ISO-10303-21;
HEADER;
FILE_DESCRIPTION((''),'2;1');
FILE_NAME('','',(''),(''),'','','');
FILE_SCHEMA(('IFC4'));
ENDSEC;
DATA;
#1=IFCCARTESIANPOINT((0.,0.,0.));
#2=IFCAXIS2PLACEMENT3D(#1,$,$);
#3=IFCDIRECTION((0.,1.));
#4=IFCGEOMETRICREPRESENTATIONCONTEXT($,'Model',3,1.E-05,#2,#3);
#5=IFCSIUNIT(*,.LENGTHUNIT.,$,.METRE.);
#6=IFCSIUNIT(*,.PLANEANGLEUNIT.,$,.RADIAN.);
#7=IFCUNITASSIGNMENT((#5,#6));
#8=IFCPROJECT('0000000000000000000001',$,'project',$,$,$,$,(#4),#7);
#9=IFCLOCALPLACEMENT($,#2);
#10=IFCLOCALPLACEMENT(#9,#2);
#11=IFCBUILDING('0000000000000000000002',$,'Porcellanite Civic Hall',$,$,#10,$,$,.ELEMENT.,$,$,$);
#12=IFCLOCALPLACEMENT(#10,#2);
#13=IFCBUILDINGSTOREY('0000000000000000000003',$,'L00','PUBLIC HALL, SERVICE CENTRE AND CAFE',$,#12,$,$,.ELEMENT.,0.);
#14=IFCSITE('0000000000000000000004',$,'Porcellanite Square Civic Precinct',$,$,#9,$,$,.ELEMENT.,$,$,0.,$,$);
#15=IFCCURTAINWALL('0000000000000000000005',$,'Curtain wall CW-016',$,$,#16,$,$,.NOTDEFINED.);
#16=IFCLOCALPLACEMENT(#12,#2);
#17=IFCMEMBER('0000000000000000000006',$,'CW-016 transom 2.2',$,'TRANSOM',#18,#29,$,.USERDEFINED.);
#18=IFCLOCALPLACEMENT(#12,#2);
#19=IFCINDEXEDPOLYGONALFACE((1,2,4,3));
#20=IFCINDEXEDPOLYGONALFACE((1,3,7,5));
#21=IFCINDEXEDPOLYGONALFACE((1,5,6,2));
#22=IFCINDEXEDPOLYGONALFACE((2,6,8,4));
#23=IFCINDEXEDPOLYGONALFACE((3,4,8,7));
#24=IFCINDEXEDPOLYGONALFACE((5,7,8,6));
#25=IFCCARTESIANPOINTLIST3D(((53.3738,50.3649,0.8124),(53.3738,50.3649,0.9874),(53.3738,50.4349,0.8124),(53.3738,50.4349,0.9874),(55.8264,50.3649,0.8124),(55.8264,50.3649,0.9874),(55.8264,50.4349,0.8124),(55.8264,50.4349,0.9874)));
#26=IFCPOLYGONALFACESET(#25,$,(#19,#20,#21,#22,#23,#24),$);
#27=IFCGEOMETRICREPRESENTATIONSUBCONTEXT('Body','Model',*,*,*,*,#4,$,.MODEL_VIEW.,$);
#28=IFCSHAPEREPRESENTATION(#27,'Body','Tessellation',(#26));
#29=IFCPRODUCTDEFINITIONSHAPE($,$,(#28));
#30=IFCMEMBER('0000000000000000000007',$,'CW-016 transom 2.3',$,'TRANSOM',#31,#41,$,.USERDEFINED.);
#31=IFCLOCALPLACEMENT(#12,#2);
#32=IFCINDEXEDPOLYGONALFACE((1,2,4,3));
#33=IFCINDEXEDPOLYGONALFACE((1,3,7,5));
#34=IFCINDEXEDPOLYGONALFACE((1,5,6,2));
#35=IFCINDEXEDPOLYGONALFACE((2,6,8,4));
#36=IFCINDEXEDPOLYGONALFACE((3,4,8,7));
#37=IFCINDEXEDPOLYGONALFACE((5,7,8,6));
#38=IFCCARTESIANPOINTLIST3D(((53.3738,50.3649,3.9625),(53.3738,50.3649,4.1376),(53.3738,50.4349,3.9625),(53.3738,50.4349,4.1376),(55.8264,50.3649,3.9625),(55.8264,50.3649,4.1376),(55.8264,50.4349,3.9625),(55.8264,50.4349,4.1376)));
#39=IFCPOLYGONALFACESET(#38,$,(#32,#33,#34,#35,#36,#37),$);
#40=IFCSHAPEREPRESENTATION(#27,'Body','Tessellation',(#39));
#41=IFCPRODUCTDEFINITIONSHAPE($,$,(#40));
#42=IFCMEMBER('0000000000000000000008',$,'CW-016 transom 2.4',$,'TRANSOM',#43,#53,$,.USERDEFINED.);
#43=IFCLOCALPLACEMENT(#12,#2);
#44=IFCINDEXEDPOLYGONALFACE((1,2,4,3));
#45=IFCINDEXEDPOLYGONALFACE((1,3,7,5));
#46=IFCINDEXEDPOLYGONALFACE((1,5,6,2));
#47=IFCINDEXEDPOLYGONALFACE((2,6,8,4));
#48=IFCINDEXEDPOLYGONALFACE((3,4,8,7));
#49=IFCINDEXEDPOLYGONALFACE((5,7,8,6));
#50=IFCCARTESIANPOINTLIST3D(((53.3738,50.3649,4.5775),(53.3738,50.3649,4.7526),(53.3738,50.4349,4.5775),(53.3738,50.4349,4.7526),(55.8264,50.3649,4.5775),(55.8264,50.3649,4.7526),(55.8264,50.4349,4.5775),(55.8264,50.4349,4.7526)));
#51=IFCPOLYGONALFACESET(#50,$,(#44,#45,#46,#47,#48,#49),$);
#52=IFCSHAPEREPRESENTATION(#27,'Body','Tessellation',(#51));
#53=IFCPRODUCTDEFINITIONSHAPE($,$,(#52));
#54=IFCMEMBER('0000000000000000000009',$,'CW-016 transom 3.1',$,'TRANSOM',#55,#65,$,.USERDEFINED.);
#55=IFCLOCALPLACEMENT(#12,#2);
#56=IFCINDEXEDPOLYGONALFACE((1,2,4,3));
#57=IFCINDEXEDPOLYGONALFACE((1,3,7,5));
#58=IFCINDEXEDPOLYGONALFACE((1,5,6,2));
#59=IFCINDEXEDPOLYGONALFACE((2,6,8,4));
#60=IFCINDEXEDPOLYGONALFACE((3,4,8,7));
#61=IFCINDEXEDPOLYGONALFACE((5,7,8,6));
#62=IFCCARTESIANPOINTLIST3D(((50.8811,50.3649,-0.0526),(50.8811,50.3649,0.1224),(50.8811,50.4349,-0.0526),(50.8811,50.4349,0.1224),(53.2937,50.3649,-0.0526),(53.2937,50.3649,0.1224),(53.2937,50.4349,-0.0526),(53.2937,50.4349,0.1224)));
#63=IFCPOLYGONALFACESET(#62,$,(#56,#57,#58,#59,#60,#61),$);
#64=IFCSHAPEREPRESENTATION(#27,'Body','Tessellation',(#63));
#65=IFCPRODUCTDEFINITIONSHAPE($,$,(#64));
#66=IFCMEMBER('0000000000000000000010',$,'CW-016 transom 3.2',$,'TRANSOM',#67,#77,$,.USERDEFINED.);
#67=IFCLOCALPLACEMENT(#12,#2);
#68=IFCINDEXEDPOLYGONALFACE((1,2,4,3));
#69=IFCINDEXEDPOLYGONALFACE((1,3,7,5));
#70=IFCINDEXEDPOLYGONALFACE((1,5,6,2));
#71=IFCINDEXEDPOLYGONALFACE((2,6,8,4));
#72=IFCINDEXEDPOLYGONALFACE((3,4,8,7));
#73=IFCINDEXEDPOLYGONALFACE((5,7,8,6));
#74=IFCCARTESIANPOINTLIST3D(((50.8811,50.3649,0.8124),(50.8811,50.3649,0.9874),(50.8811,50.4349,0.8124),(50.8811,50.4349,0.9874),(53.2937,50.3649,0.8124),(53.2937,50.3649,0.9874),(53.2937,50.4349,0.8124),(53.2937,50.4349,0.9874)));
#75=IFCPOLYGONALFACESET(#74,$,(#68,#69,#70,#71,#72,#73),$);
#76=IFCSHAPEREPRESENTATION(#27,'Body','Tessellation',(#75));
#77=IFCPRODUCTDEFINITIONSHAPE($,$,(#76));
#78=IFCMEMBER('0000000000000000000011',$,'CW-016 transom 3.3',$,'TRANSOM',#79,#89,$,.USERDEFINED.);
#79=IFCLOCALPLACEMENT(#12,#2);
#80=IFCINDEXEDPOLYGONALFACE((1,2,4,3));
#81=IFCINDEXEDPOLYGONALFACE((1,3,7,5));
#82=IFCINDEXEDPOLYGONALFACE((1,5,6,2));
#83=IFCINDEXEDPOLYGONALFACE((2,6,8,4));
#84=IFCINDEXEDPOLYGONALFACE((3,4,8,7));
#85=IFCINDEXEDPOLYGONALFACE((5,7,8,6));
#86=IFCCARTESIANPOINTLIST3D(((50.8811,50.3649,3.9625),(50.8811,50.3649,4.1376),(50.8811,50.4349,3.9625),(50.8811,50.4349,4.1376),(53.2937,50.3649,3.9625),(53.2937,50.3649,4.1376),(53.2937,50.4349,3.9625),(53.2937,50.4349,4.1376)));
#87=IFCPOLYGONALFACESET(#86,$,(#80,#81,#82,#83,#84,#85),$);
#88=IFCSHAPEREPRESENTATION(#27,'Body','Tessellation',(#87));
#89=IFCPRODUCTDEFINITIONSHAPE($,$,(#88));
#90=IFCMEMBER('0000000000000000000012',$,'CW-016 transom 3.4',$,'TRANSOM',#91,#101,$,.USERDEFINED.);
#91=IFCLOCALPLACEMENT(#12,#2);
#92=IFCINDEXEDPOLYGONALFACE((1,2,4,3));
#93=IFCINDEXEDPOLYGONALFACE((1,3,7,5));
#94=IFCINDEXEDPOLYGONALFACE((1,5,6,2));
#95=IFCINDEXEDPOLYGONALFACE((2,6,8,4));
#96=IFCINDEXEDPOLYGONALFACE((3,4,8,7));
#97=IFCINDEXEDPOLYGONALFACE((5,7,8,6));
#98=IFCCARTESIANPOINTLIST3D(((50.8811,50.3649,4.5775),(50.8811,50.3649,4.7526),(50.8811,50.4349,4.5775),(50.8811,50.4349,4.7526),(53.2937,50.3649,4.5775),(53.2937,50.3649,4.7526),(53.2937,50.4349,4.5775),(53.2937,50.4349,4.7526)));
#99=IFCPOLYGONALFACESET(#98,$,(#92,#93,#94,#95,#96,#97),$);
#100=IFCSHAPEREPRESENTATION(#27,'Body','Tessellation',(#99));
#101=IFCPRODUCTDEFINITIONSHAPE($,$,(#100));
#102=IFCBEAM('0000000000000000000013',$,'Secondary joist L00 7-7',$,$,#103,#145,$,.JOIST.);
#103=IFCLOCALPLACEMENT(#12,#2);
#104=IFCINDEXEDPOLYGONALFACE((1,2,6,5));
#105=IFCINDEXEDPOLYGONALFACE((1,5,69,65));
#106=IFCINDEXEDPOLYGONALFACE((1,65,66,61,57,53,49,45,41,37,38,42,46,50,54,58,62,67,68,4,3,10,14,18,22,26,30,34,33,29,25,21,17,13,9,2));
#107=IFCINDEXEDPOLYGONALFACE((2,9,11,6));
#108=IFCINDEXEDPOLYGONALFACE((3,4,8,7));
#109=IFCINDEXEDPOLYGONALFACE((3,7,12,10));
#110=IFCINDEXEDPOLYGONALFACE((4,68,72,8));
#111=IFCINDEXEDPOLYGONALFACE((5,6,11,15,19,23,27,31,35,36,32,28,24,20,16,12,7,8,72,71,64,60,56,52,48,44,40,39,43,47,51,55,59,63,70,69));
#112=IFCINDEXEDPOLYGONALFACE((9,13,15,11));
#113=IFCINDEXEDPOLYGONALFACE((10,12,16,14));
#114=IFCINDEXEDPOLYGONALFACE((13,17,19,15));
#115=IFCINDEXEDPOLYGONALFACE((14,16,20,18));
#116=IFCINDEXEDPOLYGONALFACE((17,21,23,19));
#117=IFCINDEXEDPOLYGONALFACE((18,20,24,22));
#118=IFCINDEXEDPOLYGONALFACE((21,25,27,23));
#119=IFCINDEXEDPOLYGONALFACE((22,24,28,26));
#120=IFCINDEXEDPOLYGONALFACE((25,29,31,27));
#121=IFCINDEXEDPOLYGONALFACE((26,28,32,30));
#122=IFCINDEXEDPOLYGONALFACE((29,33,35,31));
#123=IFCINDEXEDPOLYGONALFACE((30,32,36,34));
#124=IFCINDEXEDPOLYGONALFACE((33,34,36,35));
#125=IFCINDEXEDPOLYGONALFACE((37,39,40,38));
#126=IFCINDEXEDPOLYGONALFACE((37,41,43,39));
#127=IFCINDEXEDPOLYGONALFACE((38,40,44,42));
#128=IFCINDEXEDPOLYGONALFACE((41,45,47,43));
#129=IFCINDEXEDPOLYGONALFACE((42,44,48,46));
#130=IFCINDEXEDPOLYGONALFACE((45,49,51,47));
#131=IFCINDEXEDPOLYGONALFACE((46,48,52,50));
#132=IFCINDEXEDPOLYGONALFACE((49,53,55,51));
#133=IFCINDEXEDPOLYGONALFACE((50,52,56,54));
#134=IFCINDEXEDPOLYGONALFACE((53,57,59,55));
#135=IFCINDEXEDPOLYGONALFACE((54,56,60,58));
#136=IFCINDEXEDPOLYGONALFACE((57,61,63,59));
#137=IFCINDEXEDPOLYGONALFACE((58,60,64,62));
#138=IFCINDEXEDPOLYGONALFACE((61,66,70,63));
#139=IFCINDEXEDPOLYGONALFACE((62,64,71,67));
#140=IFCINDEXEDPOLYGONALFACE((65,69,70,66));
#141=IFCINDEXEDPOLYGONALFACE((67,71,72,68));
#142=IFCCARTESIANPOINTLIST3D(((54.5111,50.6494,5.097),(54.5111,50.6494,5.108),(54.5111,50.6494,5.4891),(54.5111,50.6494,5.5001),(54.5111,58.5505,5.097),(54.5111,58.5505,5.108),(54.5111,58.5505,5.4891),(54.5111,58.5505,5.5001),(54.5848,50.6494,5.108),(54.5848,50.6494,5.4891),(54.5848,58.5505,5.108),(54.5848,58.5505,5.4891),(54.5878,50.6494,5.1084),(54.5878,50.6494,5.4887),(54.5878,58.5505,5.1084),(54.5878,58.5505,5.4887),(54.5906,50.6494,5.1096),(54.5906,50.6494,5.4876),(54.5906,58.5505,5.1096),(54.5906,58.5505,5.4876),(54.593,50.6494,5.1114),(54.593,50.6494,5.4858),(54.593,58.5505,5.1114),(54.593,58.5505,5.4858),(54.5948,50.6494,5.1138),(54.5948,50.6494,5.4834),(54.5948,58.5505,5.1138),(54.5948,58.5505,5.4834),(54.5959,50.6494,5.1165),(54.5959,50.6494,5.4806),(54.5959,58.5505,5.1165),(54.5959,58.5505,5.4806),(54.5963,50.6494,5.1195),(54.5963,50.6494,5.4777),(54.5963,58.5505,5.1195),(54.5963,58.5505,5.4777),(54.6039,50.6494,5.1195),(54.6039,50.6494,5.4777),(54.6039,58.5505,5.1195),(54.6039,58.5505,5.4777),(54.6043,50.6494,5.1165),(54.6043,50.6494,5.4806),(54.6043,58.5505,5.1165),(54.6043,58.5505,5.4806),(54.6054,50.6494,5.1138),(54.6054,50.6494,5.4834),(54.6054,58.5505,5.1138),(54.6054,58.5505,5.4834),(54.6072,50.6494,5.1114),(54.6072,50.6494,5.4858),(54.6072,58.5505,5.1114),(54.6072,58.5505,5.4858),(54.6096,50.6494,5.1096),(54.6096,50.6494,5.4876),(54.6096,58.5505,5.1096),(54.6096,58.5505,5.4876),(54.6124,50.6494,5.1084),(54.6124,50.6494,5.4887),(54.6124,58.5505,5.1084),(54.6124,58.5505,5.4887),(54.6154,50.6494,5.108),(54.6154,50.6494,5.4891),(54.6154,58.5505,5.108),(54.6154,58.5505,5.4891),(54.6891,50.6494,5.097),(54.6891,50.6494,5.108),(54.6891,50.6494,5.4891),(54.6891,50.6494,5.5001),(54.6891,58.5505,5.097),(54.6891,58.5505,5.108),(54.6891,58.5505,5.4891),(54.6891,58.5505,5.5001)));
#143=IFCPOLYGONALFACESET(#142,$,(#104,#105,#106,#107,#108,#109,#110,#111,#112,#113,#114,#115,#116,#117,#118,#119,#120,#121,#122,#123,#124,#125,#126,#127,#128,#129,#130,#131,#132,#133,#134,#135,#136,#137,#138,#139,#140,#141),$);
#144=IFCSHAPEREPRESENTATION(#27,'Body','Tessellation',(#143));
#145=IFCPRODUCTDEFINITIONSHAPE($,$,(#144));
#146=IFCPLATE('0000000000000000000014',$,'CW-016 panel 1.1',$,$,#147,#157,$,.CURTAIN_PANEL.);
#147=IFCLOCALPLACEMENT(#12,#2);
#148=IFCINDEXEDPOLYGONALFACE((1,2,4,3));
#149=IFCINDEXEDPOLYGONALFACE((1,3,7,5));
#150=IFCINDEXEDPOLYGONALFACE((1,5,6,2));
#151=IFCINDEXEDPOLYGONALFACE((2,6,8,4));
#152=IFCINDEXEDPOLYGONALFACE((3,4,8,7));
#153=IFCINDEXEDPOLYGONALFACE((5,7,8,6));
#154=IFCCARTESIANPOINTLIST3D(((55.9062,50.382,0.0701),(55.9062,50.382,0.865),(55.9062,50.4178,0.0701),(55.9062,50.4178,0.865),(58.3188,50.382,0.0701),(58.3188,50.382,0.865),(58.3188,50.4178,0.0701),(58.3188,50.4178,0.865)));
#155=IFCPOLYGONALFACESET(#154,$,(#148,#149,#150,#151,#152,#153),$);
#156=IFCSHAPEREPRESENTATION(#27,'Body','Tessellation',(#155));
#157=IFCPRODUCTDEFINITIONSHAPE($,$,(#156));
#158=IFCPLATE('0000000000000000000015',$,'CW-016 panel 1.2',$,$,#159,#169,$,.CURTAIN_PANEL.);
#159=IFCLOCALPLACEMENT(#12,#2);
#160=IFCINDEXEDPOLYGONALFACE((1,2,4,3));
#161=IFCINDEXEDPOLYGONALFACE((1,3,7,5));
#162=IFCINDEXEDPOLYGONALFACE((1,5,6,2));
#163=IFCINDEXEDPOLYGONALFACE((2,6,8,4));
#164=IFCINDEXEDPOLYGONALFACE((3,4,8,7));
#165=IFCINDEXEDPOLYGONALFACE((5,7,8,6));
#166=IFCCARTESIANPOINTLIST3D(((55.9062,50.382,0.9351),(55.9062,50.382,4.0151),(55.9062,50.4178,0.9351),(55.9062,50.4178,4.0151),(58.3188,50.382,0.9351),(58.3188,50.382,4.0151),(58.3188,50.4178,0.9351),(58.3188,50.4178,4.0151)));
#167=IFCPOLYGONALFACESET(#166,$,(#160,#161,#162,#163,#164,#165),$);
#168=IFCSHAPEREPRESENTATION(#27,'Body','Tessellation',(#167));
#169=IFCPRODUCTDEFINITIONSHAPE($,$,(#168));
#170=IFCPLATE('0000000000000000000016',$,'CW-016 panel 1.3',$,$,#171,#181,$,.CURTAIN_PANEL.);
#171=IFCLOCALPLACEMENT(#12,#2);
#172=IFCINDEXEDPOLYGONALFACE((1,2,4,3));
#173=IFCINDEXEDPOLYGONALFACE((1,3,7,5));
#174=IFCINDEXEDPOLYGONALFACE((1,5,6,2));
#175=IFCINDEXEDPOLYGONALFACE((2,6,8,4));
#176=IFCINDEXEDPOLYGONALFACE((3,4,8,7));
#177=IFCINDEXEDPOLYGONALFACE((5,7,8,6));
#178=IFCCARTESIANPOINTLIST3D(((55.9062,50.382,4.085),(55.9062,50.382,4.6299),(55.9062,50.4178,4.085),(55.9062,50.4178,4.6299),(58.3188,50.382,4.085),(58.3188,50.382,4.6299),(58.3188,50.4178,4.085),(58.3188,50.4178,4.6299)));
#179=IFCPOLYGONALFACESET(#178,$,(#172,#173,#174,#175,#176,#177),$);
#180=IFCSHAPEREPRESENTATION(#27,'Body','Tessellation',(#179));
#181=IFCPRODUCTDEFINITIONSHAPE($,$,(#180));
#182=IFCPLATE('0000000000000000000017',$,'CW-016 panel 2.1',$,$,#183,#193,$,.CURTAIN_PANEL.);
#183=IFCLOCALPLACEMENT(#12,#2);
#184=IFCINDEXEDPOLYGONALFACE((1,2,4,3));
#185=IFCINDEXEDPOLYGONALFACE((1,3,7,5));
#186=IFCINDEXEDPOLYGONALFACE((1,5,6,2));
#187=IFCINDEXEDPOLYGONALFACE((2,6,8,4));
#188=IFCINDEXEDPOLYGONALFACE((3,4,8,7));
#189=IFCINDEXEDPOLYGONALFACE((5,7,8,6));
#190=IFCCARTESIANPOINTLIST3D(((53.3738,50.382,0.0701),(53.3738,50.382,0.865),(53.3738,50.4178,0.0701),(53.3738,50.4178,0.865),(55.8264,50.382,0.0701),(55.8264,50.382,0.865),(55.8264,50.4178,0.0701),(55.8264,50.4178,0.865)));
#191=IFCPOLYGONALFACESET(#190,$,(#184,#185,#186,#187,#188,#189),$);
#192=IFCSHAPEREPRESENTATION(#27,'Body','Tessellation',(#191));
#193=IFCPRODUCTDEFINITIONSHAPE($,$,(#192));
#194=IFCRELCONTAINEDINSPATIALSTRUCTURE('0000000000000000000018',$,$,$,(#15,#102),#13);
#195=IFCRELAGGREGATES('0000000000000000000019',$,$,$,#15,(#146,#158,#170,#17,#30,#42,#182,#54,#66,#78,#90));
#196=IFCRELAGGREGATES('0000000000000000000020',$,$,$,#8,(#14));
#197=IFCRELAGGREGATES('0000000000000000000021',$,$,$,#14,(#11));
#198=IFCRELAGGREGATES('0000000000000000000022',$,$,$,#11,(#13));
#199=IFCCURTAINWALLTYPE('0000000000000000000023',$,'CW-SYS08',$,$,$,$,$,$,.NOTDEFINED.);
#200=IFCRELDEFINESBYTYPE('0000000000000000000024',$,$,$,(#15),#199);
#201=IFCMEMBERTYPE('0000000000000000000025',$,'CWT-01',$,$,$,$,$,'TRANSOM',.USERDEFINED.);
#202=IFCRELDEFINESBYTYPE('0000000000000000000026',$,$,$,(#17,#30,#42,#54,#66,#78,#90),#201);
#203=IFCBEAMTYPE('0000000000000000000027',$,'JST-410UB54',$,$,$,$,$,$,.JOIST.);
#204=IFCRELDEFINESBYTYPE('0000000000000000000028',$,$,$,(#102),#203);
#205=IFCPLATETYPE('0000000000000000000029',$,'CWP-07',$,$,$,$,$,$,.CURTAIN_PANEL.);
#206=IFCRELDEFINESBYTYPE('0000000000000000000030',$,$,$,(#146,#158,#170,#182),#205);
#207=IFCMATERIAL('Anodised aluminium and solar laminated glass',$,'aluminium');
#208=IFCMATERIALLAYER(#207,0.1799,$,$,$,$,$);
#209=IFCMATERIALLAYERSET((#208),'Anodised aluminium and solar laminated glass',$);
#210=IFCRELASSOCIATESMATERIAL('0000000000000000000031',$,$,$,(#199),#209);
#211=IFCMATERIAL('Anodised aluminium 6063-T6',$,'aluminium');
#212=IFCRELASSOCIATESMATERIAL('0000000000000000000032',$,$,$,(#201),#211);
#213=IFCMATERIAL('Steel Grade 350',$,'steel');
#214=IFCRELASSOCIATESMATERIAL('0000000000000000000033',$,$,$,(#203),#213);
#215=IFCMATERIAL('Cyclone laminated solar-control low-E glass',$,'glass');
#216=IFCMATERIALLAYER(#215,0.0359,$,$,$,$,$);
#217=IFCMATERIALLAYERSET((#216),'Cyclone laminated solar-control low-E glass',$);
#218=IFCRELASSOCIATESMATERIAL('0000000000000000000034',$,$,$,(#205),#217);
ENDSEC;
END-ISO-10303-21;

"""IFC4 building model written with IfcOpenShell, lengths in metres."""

from ifc_helpers import new_model, si_unit, direction, frame, origin, origin_2d, place, context, subcontext, project, spatial, rectangle, i_section, extrude, material, layer, layer_set, material_profile, profile_set, type_object, element, aggregate, save


model = new_model("IFC4")

# Units and contexts
model_context = context("Model", 3, precision=1e-05, world=origin(), true_north=direction((0.0, 1.0)))
body_context = subcontext(model_context, "Body", "Model", "MODEL_VIEW")
ifc_project = project(units=[si_unit("LENGTHUNIT", "METRE"), si_unit("PLANEANGLEUNIT", "RADIAN")], contexts=[model_context])

# Site, building, storey
site_placement = place(None, origin())
site = spatial("IfcSite", under=ifc_project, at=site_placement, Name="Porcellanite Square Civic Precinct", CompositionType="ELEMENT", RefElevation=0.0)
building_placement = place(site_placement, origin())
building = spatial("IfcBuilding", under=site, at=building_placement, Name="Porcellanite Civic Hall", CompositionType="ELEMENT")
storey_placement = place(building_placement, origin())
storey = spatial("IfcBuildingStorey", under=building, at=storey_placement, Name="L00", Description="PUBLIC HALL, SERVICE CENTRE AND CAFE", CompositionType="ELEMENT", Elevation=0.0)

# Curtain wall, members
ifc_material_1 = material(Name="Anodised aluminium and solar laminated glass", Category="aluminium")
ifc_layer_1 = layer(ifc_material_1, 0.1799)
ifc_layer_set_1 = layer_set([ifc_layer_1], Name="Anodised aluminium and solar laminated glass")
curtain_wall_type = type_object("IfcCurtainWallType", Name="CW-SYS08", PredefinedType="NOTDEFINED", material=ifc_layer_set_1)
curtain_wall_placement = place(storey_placement, origin())
curtain_wall = element("IfcCurtainWall", 1, at=curtain_wall_placement, inside=storey, type_object=curtain_wall_type, Name="Curtain wall CW-016", PredefinedType="NOTDEFINED")
ifc_material_2 = material(Name="Anodised aluminium 6063-T6", Category="aluminium")
ifc_material_profile_1 = material_profile(ifc_material_2, rectangle(XDim=0.0701, YDim=0.175, at=origin_2d()), Name="AL-70x175")
ifc_profile_set_1 = profile_set([ifc_material_profile_1], Name="Anodised aluminium 6063-T6")
member_type_1 = type_object("IfcMemberType", Name="CWT-01", ElementType="TRANSOM", PredefinedType="USERDEFINED", material=ifc_profile_set_1)
member_1_placement = place(storey_placement, frame((55.8264, 50.3999, 0.8999), z_axis=(-1.0, 0.0, 0.0), x_axis=(0.0, -1.0, 0.0)))
member_1 = element("IfcMember", 2, at=member_1_placement, type_object=member_type_1, Name="CW-016 transom 2.2", ObjectType="TRANSOM", PredefinedType="USERDEFINED", context=body_context, shape_type="SweptSolid", body=[
    extrude(rectangle(XDim=0.0701, YDim=0.175, at=origin_2d()), origin(), (0.0, 0.0, 1.0), 2.4526),
])
member_2_placement = place(storey_placement, frame((55.8264, 50.3999, 4.05), z_axis=(-1.0, 0.0, 0.0), x_axis=(0.0, -1.0, 0.0)))
member_2 = element("IfcMember", 3, at=member_2_placement, type_object=member_type_1, Name="CW-016 transom 2.3", ObjectType="TRANSOM", PredefinedType="USERDEFINED", context=body_context, shape_type="SweptSolid", body=[
    extrude(rectangle(XDim=0.0701, YDim=0.175, at=origin_2d()), origin(), (0.0, 0.0, 1.0), 2.4526),
])
member_3_placement = place(storey_placement, frame((55.8264, 50.3999, 4.665), z_axis=(-1.0, 0.0, 0.0), x_axis=(0.0, -1.0, 0.0)))
member_3 = element("IfcMember", 4, at=member_3_placement, type_object=member_type_1, Name="CW-016 transom 2.4", ObjectType="TRANSOM", PredefinedType="USERDEFINED", context=body_context, shape_type="SweptSolid", body=[
    extrude(rectangle(XDim=0.0701, YDim=0.175, at=origin_2d()), origin(), (0.0, 0.0, 1.0), 2.4526),
])
member_4_placement = place(storey_placement, frame((53.2937, 50.3999, 0.0349), z_axis=(-1.0, 0.0, 0.0), x_axis=(0.0, -1.0, 0.0)))
member_4 = element("IfcMember", 5, at=member_4_placement, type_object=member_type_1, Name="CW-016 transom 3.1", ObjectType="TRANSOM", PredefinedType="USERDEFINED", context=body_context, shape_type="SweptSolid", body=[
    extrude(rectangle(XDim=0.0701, YDim=0.175, at=origin_2d()), origin(), (0.0, 0.0, 1.0), 2.4126),
])
member_5_placement = place(storey_placement, frame((53.2937, 50.3999, 0.8999), z_axis=(-1.0, 0.0, 0.0), x_axis=(0.0, -1.0, 0.0)))
member_5 = element("IfcMember", 6, at=member_5_placement, type_object=member_type_1, Name="CW-016 transom 3.2", ObjectType="TRANSOM", PredefinedType="USERDEFINED", context=body_context, shape_type="SweptSolid", body=[
    extrude(rectangle(XDim=0.0701, YDim=0.175, at=origin_2d()), origin(), (0.0, 0.0, 1.0), 2.4126),
])
member_6_placement = place(storey_placement, frame((53.2937, 50.3999, 4.05), z_axis=(-1.0, 0.0, 0.0), x_axis=(0.0, -1.0, 0.0)))
member_6 = element("IfcMember", 7, at=member_6_placement, type_object=member_type_1, Name="CW-016 transom 3.3", ObjectType="TRANSOM", PredefinedType="USERDEFINED", context=body_context, shape_type="SweptSolid", body=[
    extrude(rectangle(XDim=0.0701, YDim=0.175, at=origin_2d()), origin(), (0.0, 0.0, 1.0), 2.4126),
])
member_7_placement = place(storey_placement, frame((53.2937, 50.3999, 4.665), z_axis=(-1.0, 0.0, 0.0), x_axis=(0.0, -1.0, 0.0)))
member_7 = element("IfcMember", 8, at=member_7_placement, type_object=member_type_1, Name="CW-016 transom 3.4", ObjectType="TRANSOM", PredefinedType="USERDEFINED", context=body_context, shape_type="SweptSolid", body=[
    extrude(rectangle(XDim=0.0701, YDim=0.175, at=origin_2d()), origin(), (0.0, 0.0, 1.0), 2.4126),
])

# Beam
ifc_material_3 = material(Name="Steel Grade 350", Category="steel")
ifc_material_profile_2 = material_profile(ifc_material_3, i_section(OverallWidth=0.178, OverallDepth=0.4031, WebThickness=0.0076, FlangeThickness=0.011, FilletRadius=0.0115, at=origin_2d()), Name="410UB53.7")
ifc_profile_set_2 = profile_set([ifc_material_profile_2], Name="Steel Grade 350")
beam_type_1 = type_object("IfcBeamType", Name="JST-410UB54", PredefinedType="JOIST", material=ifc_profile_set_2)
beam_1_placement = place(storey_placement, frame((54.6001, 50.6494, 5.2986), z_axis=(0.0, 1.0, 0.0), x_axis=(-1.0, 0.0, 0.0)))
element("IfcBeam", 9, at=beam_1_placement, inside=storey, type_object=beam_type_1, Name="Secondary joist L00 7-7", PredefinedType="JOIST", context=body_context, shape_type="SweptSolid", body=[
    extrude(i_section(OverallWidth=0.178, OverallDepth=0.4031, WebThickness=0.0076, FlangeThickness=0.011, FilletRadius=0.0115, at=origin_2d()), origin(), (0.0, 0.0, 1.0), 7.9011),
])

# Plates
ifc_material_4 = material(Name="Cyclone laminated solar-control low-E glass", Category="glass")
ifc_layer_2 = layer(ifc_material_4, 0.0359)
ifc_layer_set_2 = layer_set([ifc_layer_2], Name="Cyclone laminated solar-control low-E glass")
plate_type = type_object("IfcPlateType", Name="CWP-07", PredefinedType="CURTAIN_PANEL", material=ifc_layer_set_2)
plate_1_placement = place(storey_placement, frame((57.1125, 50.3999, 0.0701), z_axis=(0.0, 0.0, 1.0), x_axis=(-1.0, 0.0, 0.0)))
plate_1 = element("IfcPlate", 10, at=plate_1_placement, type_object=plate_type, Name="CW-016 panel 1.1", PredefinedType="CURTAIN_PANEL", context=body_context, shape_type="SweptSolid", body=[
    extrude(rectangle(XDim=2.4126, YDim=0.0359, at=origin_2d()), origin(), (0.0, 0.0, 1.0), 0.7949),
])
plate_2_placement = place(storey_placement, frame((57.1125, 50.3999, 0.9351), z_axis=(0.0, 0.0, 1.0), x_axis=(-1.0, 0.0, 0.0)))
plate_2 = element("IfcPlate", 11, at=plate_2_placement, type_object=plate_type, Name="CW-016 panel 1.2", PredefinedType="CURTAIN_PANEL", context=body_context, shape_type="SweptSolid", body=[
    extrude(rectangle(XDim=2.4126, YDim=0.0359, at=origin_2d()), origin(), (0.0, 0.0, 1.0), 3.0801),
])
plate_3_placement = place(storey_placement, frame((57.1125, 50.3999, 4.085), z_axis=(0.0, 0.0, 1.0), x_axis=(-1.0, 0.0, 0.0)))
plate_3 = element("IfcPlate", 12, at=plate_3_placement, type_object=plate_type, Name="CW-016 panel 1.3", PredefinedType="CURTAIN_PANEL", context=body_context, shape_type="SweptSolid", body=[
    extrude(rectangle(XDim=2.4126, YDim=0.0359, at=origin_2d()), origin(), (0.0, 0.0, 1.0), 0.5449),
])
plate_4_placement = place(storey_placement, frame((54.6001, 50.3999, 0.0701), z_axis=(0.0, 0.0, 1.0), x_axis=(-1.0, 0.0, 0.0)))
plate_4 = element("IfcPlate", 13, at=plate_4_placement, type_object=plate_type, Name="CW-016 panel 2.1", PredefinedType="CURTAIN_PANEL", context=body_context, shape_type="SweptSolid", body=[
    extrude(rectangle(XDim=2.4526, YDim=0.0359, at=origin_2d()), origin(), (0.0, 0.0, 1.0), 0.7949),
])
aggregate(curtain_wall, [plate_1, plate_2, plate_3, member_1, member_2, member_3, plate_4, member_4, member_5, member_6, member_7])

save(model, "model.ifc")
